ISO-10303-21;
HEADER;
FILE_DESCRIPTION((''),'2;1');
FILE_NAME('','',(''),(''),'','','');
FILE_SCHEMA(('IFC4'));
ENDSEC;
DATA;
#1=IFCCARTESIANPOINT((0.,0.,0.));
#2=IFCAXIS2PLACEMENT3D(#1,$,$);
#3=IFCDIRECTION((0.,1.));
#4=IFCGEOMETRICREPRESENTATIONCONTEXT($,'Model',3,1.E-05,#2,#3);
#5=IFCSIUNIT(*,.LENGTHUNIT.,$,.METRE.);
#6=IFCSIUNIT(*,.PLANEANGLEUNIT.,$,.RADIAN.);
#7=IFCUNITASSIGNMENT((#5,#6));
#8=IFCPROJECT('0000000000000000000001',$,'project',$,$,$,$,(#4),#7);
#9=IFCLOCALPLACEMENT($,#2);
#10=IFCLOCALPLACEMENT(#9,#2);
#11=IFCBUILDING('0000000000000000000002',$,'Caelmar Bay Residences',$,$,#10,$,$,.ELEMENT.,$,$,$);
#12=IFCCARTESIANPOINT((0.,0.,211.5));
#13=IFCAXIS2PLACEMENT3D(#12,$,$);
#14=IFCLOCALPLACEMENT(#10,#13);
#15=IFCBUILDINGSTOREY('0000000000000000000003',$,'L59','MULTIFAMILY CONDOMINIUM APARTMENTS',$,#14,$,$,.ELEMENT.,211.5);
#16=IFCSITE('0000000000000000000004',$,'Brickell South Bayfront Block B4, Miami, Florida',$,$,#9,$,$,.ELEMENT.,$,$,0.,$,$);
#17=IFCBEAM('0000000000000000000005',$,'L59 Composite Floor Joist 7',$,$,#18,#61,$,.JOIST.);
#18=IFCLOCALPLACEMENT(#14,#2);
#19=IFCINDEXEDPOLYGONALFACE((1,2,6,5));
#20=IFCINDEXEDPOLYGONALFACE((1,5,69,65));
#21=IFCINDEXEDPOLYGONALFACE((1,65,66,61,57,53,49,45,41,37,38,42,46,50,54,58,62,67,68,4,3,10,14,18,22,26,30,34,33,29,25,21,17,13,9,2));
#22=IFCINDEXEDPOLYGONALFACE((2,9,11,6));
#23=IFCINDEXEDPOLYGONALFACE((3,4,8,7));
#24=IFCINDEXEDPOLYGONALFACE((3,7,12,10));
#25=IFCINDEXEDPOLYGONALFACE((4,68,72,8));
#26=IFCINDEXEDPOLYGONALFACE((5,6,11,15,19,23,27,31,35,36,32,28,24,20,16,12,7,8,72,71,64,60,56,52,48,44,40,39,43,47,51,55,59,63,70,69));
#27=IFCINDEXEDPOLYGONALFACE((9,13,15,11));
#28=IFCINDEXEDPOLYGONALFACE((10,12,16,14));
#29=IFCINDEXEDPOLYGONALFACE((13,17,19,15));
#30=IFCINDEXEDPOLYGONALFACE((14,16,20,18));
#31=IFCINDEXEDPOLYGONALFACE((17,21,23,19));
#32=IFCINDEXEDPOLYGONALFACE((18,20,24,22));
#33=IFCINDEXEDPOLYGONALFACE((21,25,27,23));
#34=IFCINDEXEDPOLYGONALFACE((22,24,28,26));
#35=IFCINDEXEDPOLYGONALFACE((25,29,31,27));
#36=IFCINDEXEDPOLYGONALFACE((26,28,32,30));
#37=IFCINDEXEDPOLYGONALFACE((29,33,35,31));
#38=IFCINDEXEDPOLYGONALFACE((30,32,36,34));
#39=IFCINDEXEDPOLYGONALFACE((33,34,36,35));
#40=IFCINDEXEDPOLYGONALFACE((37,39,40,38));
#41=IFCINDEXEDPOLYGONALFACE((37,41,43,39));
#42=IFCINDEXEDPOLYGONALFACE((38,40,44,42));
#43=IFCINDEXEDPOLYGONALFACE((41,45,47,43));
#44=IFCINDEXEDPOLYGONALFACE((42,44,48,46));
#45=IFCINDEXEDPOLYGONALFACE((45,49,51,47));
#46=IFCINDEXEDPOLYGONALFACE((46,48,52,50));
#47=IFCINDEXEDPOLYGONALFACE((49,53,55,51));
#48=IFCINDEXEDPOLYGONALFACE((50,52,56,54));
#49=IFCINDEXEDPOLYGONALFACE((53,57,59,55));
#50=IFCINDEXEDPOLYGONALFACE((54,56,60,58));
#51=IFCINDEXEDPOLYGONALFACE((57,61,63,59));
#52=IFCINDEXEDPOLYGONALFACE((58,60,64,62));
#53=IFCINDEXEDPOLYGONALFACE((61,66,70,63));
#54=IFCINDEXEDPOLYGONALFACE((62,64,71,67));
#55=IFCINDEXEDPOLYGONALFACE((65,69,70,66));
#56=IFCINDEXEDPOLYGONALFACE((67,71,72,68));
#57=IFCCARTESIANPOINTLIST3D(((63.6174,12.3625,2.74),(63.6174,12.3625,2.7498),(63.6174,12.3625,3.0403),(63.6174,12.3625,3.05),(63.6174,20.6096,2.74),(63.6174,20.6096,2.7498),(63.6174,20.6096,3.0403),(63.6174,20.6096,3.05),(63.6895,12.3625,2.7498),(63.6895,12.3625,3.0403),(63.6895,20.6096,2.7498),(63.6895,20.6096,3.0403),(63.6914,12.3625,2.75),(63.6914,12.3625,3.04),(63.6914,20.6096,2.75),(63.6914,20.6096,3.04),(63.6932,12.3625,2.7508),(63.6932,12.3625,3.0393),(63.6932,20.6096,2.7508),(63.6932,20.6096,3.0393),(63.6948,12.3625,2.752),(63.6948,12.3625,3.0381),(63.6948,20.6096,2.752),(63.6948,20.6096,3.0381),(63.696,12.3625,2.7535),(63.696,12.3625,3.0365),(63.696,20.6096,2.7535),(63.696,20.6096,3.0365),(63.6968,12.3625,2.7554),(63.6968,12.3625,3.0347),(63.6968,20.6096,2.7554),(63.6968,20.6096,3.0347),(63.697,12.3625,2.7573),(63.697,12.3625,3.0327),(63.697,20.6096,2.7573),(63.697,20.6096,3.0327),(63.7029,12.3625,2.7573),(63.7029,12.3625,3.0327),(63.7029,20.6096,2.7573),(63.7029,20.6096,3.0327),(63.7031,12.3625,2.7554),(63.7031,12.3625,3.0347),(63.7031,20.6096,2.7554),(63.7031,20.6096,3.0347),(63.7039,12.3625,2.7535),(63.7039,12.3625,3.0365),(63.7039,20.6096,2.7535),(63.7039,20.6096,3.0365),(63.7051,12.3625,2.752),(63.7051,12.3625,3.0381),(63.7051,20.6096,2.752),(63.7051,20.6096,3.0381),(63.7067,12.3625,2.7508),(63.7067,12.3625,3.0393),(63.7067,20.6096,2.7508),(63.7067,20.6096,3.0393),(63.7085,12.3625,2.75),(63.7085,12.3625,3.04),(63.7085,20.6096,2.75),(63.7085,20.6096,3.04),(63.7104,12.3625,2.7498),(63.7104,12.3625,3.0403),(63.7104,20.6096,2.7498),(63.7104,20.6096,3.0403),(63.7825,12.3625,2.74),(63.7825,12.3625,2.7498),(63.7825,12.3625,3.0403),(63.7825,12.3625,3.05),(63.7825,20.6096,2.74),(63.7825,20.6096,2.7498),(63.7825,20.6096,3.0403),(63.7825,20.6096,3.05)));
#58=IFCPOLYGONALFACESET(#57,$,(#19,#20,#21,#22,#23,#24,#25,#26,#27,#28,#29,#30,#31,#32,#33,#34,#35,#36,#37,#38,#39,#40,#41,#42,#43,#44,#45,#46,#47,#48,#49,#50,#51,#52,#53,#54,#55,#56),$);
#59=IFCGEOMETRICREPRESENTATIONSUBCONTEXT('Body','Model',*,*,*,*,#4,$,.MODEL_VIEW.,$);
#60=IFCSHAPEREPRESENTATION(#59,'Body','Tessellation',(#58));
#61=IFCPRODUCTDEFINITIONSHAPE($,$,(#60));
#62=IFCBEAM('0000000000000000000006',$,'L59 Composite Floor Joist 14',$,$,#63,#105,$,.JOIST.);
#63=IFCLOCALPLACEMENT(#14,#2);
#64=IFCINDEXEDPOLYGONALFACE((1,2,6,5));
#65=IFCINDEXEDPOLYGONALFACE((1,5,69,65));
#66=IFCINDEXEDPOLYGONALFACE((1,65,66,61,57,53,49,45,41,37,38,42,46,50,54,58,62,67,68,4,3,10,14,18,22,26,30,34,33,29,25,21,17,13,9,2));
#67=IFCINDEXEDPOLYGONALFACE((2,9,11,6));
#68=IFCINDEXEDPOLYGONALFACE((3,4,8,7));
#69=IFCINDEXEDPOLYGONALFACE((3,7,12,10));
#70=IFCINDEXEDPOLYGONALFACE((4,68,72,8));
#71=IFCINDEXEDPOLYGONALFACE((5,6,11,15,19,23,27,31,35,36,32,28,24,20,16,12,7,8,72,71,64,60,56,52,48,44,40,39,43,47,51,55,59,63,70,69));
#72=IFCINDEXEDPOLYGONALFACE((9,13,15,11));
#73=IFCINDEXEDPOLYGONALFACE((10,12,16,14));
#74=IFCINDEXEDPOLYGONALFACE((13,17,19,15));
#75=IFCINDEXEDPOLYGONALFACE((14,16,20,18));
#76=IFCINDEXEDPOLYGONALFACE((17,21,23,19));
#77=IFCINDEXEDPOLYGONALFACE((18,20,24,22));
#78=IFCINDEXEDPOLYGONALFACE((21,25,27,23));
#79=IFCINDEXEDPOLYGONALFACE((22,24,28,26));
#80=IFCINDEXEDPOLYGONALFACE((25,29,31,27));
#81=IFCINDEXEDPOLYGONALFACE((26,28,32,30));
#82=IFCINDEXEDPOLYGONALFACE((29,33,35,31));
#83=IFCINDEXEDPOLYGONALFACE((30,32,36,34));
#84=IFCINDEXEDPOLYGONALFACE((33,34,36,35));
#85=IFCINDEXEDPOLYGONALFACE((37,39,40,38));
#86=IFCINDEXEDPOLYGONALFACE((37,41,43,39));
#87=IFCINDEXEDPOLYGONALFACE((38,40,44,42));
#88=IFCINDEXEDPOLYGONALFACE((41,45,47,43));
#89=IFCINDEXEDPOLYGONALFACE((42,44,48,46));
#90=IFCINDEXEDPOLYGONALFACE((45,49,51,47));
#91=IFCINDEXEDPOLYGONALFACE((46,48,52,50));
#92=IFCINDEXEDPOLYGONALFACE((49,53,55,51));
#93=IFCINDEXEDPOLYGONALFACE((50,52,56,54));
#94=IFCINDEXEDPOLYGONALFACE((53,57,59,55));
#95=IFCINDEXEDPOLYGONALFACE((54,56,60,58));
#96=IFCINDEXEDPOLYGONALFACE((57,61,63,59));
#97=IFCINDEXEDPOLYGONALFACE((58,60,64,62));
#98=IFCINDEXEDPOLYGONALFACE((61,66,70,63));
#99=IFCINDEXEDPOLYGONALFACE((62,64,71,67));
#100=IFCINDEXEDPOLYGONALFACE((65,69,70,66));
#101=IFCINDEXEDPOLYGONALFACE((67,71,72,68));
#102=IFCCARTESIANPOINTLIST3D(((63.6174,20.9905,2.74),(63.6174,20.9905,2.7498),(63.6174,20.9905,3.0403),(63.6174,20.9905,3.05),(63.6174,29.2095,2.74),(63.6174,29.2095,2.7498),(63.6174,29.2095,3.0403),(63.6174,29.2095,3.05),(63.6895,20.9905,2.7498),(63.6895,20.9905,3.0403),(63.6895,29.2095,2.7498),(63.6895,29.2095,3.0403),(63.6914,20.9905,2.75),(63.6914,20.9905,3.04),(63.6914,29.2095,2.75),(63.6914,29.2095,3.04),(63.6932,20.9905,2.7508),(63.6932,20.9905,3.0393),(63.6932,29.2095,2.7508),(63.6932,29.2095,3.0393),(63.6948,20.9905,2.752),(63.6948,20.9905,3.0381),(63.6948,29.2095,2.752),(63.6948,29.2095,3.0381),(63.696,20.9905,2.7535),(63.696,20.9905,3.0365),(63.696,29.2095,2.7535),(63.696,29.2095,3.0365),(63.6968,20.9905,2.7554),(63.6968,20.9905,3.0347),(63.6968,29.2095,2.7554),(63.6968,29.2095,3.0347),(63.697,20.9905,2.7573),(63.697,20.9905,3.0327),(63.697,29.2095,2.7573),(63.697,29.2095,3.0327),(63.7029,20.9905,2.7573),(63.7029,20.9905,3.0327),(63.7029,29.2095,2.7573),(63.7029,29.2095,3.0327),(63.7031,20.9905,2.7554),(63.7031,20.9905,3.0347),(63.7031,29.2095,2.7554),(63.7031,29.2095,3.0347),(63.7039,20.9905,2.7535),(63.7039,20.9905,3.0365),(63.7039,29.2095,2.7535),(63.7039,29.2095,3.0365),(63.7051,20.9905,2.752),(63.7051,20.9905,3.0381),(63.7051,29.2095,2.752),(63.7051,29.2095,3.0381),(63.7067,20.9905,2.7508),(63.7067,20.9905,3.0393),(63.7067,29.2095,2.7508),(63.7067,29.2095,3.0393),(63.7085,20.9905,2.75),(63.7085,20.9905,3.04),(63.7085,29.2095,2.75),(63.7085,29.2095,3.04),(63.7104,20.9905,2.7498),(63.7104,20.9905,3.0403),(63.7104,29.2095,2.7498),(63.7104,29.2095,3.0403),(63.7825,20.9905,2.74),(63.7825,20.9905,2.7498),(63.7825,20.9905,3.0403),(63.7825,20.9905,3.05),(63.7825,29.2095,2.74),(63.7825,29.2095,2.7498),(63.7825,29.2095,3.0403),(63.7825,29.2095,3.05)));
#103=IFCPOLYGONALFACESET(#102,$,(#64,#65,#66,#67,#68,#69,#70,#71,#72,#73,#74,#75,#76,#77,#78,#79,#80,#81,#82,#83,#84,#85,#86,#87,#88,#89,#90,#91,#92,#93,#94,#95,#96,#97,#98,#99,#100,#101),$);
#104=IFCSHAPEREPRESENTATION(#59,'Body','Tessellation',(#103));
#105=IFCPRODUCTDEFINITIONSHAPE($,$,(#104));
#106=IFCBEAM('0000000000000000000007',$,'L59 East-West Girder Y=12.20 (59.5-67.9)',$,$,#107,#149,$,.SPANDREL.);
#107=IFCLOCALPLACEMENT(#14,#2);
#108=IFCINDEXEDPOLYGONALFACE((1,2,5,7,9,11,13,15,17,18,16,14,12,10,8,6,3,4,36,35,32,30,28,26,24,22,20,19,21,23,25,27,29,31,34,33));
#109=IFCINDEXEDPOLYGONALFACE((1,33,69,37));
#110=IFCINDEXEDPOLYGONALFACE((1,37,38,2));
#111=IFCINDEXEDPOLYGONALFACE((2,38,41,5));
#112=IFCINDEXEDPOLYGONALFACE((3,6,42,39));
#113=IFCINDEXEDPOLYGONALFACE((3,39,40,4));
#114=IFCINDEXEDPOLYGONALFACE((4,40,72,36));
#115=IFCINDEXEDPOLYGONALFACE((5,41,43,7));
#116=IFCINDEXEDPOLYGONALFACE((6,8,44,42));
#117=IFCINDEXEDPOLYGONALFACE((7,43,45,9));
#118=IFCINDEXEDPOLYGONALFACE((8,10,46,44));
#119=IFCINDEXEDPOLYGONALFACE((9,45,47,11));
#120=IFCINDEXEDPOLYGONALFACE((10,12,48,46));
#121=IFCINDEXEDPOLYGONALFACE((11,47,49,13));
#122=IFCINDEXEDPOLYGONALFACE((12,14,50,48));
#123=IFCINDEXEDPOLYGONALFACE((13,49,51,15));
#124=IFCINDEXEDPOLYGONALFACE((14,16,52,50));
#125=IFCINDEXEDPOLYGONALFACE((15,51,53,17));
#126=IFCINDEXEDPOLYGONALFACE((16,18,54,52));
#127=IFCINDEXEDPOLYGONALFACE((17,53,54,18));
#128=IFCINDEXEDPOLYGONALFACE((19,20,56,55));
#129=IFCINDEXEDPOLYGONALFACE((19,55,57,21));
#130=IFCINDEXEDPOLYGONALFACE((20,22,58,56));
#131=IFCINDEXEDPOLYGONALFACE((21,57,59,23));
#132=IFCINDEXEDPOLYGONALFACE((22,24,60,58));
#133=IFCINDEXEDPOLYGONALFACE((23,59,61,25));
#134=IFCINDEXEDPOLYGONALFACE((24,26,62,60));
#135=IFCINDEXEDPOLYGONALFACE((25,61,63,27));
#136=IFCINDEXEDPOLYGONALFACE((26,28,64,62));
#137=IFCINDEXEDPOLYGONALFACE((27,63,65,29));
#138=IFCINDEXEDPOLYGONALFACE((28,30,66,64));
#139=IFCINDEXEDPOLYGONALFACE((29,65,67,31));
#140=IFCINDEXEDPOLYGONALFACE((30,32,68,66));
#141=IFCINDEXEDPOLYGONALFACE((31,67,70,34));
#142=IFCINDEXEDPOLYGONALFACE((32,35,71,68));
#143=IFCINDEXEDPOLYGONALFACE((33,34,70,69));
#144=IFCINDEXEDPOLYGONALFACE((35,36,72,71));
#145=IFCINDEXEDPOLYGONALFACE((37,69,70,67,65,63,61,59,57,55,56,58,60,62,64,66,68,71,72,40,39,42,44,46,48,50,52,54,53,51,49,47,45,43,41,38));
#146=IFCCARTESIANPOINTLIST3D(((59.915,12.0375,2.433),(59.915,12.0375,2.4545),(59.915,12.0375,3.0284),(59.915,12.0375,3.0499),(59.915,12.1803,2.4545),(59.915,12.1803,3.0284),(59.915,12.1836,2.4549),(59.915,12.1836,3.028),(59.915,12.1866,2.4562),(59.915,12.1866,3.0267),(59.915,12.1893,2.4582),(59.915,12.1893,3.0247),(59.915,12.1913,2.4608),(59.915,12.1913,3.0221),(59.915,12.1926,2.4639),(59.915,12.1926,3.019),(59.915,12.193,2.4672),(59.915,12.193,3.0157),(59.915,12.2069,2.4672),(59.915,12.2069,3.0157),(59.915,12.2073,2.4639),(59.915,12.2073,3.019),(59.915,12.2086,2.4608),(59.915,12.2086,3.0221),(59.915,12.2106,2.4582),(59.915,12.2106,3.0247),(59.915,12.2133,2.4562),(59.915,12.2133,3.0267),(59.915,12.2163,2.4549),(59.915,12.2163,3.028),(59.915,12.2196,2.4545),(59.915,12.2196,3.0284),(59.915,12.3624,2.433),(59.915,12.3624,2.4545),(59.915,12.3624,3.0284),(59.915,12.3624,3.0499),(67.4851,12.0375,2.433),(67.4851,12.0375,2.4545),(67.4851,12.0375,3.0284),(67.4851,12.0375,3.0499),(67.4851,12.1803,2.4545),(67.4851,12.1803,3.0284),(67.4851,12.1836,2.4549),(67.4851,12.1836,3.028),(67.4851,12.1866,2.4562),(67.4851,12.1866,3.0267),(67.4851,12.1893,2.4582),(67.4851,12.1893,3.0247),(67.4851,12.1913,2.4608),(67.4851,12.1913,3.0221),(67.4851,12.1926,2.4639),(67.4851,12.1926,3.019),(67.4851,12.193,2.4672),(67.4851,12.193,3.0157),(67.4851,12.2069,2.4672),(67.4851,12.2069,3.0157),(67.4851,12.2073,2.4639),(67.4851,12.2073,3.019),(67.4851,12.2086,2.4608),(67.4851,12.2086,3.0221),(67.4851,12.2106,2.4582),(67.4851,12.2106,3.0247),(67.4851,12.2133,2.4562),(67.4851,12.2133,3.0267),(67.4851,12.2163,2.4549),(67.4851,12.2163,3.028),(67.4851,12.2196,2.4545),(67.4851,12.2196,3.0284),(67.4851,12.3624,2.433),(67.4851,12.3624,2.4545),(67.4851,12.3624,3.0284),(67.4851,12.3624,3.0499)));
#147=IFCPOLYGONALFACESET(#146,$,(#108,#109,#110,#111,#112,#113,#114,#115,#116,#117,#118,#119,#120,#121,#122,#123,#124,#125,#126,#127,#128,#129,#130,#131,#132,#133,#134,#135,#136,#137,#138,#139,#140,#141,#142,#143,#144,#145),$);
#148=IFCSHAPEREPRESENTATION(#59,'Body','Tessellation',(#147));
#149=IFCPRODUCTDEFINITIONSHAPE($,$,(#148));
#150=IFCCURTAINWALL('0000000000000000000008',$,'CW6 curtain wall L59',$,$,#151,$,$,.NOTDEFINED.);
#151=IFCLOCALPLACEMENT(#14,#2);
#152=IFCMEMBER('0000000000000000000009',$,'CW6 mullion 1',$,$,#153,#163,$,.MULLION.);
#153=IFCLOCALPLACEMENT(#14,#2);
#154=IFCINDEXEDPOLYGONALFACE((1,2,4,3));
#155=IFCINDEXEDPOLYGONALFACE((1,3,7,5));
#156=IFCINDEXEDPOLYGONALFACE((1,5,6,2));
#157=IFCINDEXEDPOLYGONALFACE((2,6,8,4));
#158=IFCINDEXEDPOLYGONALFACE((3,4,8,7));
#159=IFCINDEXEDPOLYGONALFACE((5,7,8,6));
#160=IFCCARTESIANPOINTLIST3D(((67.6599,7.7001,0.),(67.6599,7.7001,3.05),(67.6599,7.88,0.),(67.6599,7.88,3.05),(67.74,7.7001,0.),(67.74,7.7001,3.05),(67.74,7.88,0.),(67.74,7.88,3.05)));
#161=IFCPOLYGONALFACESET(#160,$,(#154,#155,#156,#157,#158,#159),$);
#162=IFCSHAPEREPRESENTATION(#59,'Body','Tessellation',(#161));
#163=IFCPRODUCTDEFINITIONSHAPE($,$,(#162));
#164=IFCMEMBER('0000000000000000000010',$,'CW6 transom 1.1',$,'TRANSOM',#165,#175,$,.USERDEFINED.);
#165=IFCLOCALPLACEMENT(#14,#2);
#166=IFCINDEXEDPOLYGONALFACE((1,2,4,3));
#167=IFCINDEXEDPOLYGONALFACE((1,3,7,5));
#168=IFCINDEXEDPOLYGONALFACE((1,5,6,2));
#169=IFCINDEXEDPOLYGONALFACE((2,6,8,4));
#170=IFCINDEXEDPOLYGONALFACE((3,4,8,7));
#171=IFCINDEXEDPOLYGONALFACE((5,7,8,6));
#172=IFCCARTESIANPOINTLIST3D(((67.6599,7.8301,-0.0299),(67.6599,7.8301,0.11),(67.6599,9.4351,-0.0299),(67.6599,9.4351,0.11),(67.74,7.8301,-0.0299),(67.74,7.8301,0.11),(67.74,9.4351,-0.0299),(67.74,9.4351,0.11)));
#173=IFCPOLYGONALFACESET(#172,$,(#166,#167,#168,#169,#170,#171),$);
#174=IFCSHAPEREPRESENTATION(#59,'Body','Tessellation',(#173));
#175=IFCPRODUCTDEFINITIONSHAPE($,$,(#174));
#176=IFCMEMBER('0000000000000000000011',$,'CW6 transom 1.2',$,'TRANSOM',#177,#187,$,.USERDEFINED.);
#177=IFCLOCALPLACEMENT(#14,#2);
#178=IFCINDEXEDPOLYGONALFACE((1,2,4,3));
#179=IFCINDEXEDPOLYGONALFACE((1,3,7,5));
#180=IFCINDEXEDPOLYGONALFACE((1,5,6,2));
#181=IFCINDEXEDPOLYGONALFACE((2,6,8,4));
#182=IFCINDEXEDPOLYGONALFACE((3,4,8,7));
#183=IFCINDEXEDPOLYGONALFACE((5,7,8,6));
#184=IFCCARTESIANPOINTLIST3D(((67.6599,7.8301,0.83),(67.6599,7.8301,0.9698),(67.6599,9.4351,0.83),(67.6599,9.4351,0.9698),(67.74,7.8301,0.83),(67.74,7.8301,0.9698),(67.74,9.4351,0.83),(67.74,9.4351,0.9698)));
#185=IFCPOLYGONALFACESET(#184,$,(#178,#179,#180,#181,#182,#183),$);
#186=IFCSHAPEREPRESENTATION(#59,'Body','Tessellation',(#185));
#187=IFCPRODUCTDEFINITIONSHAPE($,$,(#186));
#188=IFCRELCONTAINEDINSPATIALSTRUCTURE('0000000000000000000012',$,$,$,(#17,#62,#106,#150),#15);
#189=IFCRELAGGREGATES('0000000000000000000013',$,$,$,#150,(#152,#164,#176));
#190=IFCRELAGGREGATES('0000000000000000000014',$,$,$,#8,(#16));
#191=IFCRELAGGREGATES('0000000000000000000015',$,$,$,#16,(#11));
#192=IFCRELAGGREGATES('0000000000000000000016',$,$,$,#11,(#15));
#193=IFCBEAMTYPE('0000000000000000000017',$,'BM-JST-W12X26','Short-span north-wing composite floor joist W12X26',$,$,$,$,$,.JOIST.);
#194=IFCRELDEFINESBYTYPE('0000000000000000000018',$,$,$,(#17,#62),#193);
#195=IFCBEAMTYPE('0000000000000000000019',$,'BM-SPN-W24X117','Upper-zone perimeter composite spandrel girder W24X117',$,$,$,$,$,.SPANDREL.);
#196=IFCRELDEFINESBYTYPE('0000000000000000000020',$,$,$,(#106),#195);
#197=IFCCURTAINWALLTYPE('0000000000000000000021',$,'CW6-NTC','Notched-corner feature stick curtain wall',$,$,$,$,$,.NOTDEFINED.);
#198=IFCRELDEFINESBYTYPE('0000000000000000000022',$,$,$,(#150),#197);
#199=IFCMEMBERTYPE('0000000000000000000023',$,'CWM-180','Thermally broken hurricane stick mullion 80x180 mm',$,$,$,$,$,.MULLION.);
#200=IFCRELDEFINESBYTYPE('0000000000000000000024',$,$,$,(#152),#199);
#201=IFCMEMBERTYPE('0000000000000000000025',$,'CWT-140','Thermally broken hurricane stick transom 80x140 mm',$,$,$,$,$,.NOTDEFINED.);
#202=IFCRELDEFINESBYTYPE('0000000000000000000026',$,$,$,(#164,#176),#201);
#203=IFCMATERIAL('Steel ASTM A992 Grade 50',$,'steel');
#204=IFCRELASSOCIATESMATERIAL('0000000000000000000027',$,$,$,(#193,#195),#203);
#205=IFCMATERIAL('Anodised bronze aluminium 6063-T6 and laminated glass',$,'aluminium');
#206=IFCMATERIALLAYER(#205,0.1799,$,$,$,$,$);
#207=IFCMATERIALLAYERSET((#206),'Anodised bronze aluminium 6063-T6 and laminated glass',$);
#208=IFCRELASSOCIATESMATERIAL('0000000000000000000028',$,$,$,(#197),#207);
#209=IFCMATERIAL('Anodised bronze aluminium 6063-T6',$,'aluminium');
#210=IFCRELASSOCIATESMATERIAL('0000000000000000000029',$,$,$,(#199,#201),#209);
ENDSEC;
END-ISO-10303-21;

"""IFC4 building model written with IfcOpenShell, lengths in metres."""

from ifc_helpers import new_model, si_unit, direction, frame, origin, origin_2d, place, context, subcontext, project, spatial, rectangle, i_section, extrude, material, layer, layer_set, material_profile, profile_set, type_object, element, aggregate, save


model = new_model("IFC4")

# Units and contexts
model_context = context("Model", 3, precision=1e-05, world=origin(), true_north=direction((0.0, 1.0)))
body_context = subcontext(model_context, "Body", "Model", "MODEL_VIEW")
ifc_project = project(units=[si_unit("LENGTHUNIT", "METRE"), si_unit("PLANEANGLEUNIT", "RADIAN")], contexts=[model_context])

# Site, building, storey
site_placement = place(None, origin())
site = spatial("IfcSite", under=ifc_project, at=site_placement, Name="Brickell South Bayfront Block B4, Miami, Florida", CompositionType="ELEMENT", RefElevation=0.0)
building_placement = place(site_placement, origin())
building = spatial("IfcBuilding", under=site, at=building_placement, Name="Caelmar Bay Residences", CompositionType="ELEMENT")
storey_placement = place(building_placement, frame((0.0, 0.0, 211.5)))
storey = spatial("IfcBuildingStorey", under=building, at=storey_placement, Name="L59", Description="MULTIFAMILY CONDOMINIUM APARTMENTS", CompositionType="ELEMENT", Elevation=211.5)

# Beams
ifc_material_1 = material(Name="Steel ASTM A992 Grade 50", Category="steel")
ifc_material_profile_1 = material_profile(ifc_material_1, i_section(OverallWidth=0.165, OverallDepth=0.3101, WebThickness=0.0059, FlangeThickness=0.0098, FilletRadius=0.0076, at=origin_2d()), Name="W12X26")
ifc_profile_set_1 = profile_set([ifc_material_profile_1], Name="Steel ASTM A992 Grade 50")
beam_type_1 = type_object("IfcBeamType", Name="BM-JST-W12X26", Description="Short-span north-wing composite floor joist W12X26", PredefinedType="JOIST", material=ifc_profile_set_1)
beam_1_placement = place(storey_placement, frame((63.7, 12.3625, 2.895), z_axis=(0.0, 1.0, 0.0), x_axis=(-1.0, 0.0, 0.0)))
element("IfcBeam", 1, at=beam_1_placement, inside=storey, type_object=beam_type_1, Name="L59 Composite Floor Joist 7", PredefinedType="JOIST", context=body_context, shape_type="SweptSolid", body=[
    extrude(i_section(OverallWidth=0.165, OverallDepth=0.3101, WebThickness=0.0059, FlangeThickness=0.0098, FilletRadius=0.0076, at=origin_2d()), origin(), (0.0, 0.0, 1.0), 8.2471),
])
beam_2_placement = place(storey_placement, frame((63.7, 20.9905, 2.895), z_axis=(0.0, 1.0, 0.0), x_axis=(-1.0, 0.0, 0.0)))
element("IfcBeam", 2, at=beam_2_placement, inside=storey, type_object=beam_type_1, Name="L59 Composite Floor Joist 14", PredefinedType="JOIST", context=body_context, shape_type="SweptSolid", body=[
    extrude(i_section(OverallWidth=0.165, OverallDepth=0.3101, WebThickness=0.0059, FlangeThickness=0.0098, FilletRadius=0.0076, at=origin_2d()), origin(), (0.0, 0.0, 1.0), 8.219),
])
ifc_material_profile_2 = material_profile(ifc_material_1, i_section(OverallWidth=0.325, OverallDepth=0.6169, WebThickness=0.0139, FlangeThickness=0.0215, FilletRadius=0.0127, at=origin_2d()), Name="W24X117")
ifc_profile_set_2 = profile_set([ifc_material_profile_2], Name="Steel ASTM A992 Grade 50")
beam_type_2 = type_object("IfcBeamType", Name="BM-SPN-W24X117", Description="Upper-zone perimeter composite spandrel girder W24X117", PredefinedType="SPANDREL", material=ifc_profile_set_2)
beam_3_placement = place(storey_placement, frame((59.915, 12.2, 2.7415), z_axis=(1.0, 0.0, 0.0), x_axis=(0.0, 1.0, 0.0)))
element("IfcBeam", 3, at=beam_3_placement, inside=storey, type_object=beam_type_2, Name="L59 East-West Girder Y=12.20 (59.5-67.9)", PredefinedType="SPANDREL", context=body_context, shape_type="SweptSolid", body=[
    extrude(i_section(OverallWidth=0.325, OverallDepth=0.6169, WebThickness=0.0139, FlangeThickness=0.0215, FilletRadius=0.0127, at=origin_2d()), origin(), (0.0, 0.0, 1.0), 7.5701),
])

# Curtain wall, members
ifc_material_2 = material(Name="Anodised bronze aluminium 6063-T6 and laminated glass", Category="aluminium")
ifc_layer_1 = layer(ifc_material_2, 0.1799)
ifc_layer_set_1 = layer_set([ifc_layer_1], Name="Anodised bronze aluminium 6063-T6 and laminated glass")
curtain_wall_type = type_object("IfcCurtainWallType", Name="CW6-NTC", Description="Notched-corner feature stick curtain wall", PredefinedType="NOTDEFINED", material=ifc_layer_set_1)
curtain_wall_placement = place(storey_placement, origin())
curtain_wall = element("IfcCurtainWall", 4, at=curtain_wall_placement, inside=storey, type_object=curtain_wall_type, Name="CW6 curtain wall L59", PredefinedType="NOTDEFINED")
ifc_material_3 = material(Name="Anodised bronze aluminium 6063-T6", Category="aluminium")
ifc_material_profile_3 = material_profile(ifc_material_3, rectangle(XDim=0.0801, YDim=0.1799, at=origin_2d()), Name="CWM-80X180")
ifc_profile_set_3 = profile_set([ifc_material_profile_3], Name="Anodised bronze aluminium 6063-T6")
member_type_1 = type_object("IfcMemberType", Name="CWM-180", Description="Thermally broken hurricane stick mullion 80x180 mm", PredefinedType="MULLION", material=ifc_profile_set_3)
member_1_placement = place(storey_placement, frame((67.7, 7.79, 0.0), z_axis=(0.0, 0.0, 1.0), x_axis=(-1.0, 0.0, 0.0)))
member_1 = element("IfcMember", 5, at=member_1_placement, type_object=member_type_1, Name="CW6 mullion 1", PredefinedType="MULLION", context=body_context, shape_type="SweptSolid", body=[
    extrude(rectangle(XDim=0.0801, YDim=0.1799, at=origin_2d()), origin(), (0.0, 0.0, 1.0), 3.05),
])
ifc_material_profile_4 = material_profile(ifc_material_3, rectangle(XDim=0.0801, YDim=0.1399, at=origin_2d()), Name="CWT-80X140")
ifc_profile_set_4 = profile_set([ifc_material_profile_4], Name="Anodised bronze aluminium 6063-T6")
member_type_2 = type_object("IfcMemberType", Name="CWT-140", Description="Thermally broken hurricane stick transom 80x140 mm", PredefinedType="NOTDEFINED", material=ifc_profile_set_4)
member_2_placement = place(storey_placement, frame((67.7, 7.8301, 0.04), z_axis=(0.0, 1.0, 0.0), x_axis=(-1.0, 0.0, 0.0)))
member_2 = element("IfcMember", 6, at=member_2_placement, type_object=member_type_2, Name="CW6 transom 1.1", ObjectType="TRANSOM", PredefinedType="USERDEFINED", context=body_context, shape_type="SweptSolid", body=[
    extrude(rectangle(XDim=0.0801, YDim=0.1399, at=origin_2d()), origin(), (0.0, 0.0, 1.0), 1.605),
])
member_3_placement = place(storey_placement, frame((67.7, 7.8301, 0.8999), z_axis=(0.0, 1.0, 0.0), x_axis=(-1.0, 0.0, 0.0)))
member_3 = element("IfcMember", 7, at=member_3_placement, type_object=member_type_2, Name="CW6 transom 1.2", ObjectType="TRANSOM", PredefinedType="USERDEFINED", context=body_context, shape_type="SweptSolid", body=[
    extrude(rectangle(XDim=0.0801, YDim=0.1399, at=origin_2d()), origin(), (0.0, 0.0, 1.0), 1.605),
])
aggregate(curtain_wall, [member_1, member_2, member_3])

save(model, "model.ifc")
